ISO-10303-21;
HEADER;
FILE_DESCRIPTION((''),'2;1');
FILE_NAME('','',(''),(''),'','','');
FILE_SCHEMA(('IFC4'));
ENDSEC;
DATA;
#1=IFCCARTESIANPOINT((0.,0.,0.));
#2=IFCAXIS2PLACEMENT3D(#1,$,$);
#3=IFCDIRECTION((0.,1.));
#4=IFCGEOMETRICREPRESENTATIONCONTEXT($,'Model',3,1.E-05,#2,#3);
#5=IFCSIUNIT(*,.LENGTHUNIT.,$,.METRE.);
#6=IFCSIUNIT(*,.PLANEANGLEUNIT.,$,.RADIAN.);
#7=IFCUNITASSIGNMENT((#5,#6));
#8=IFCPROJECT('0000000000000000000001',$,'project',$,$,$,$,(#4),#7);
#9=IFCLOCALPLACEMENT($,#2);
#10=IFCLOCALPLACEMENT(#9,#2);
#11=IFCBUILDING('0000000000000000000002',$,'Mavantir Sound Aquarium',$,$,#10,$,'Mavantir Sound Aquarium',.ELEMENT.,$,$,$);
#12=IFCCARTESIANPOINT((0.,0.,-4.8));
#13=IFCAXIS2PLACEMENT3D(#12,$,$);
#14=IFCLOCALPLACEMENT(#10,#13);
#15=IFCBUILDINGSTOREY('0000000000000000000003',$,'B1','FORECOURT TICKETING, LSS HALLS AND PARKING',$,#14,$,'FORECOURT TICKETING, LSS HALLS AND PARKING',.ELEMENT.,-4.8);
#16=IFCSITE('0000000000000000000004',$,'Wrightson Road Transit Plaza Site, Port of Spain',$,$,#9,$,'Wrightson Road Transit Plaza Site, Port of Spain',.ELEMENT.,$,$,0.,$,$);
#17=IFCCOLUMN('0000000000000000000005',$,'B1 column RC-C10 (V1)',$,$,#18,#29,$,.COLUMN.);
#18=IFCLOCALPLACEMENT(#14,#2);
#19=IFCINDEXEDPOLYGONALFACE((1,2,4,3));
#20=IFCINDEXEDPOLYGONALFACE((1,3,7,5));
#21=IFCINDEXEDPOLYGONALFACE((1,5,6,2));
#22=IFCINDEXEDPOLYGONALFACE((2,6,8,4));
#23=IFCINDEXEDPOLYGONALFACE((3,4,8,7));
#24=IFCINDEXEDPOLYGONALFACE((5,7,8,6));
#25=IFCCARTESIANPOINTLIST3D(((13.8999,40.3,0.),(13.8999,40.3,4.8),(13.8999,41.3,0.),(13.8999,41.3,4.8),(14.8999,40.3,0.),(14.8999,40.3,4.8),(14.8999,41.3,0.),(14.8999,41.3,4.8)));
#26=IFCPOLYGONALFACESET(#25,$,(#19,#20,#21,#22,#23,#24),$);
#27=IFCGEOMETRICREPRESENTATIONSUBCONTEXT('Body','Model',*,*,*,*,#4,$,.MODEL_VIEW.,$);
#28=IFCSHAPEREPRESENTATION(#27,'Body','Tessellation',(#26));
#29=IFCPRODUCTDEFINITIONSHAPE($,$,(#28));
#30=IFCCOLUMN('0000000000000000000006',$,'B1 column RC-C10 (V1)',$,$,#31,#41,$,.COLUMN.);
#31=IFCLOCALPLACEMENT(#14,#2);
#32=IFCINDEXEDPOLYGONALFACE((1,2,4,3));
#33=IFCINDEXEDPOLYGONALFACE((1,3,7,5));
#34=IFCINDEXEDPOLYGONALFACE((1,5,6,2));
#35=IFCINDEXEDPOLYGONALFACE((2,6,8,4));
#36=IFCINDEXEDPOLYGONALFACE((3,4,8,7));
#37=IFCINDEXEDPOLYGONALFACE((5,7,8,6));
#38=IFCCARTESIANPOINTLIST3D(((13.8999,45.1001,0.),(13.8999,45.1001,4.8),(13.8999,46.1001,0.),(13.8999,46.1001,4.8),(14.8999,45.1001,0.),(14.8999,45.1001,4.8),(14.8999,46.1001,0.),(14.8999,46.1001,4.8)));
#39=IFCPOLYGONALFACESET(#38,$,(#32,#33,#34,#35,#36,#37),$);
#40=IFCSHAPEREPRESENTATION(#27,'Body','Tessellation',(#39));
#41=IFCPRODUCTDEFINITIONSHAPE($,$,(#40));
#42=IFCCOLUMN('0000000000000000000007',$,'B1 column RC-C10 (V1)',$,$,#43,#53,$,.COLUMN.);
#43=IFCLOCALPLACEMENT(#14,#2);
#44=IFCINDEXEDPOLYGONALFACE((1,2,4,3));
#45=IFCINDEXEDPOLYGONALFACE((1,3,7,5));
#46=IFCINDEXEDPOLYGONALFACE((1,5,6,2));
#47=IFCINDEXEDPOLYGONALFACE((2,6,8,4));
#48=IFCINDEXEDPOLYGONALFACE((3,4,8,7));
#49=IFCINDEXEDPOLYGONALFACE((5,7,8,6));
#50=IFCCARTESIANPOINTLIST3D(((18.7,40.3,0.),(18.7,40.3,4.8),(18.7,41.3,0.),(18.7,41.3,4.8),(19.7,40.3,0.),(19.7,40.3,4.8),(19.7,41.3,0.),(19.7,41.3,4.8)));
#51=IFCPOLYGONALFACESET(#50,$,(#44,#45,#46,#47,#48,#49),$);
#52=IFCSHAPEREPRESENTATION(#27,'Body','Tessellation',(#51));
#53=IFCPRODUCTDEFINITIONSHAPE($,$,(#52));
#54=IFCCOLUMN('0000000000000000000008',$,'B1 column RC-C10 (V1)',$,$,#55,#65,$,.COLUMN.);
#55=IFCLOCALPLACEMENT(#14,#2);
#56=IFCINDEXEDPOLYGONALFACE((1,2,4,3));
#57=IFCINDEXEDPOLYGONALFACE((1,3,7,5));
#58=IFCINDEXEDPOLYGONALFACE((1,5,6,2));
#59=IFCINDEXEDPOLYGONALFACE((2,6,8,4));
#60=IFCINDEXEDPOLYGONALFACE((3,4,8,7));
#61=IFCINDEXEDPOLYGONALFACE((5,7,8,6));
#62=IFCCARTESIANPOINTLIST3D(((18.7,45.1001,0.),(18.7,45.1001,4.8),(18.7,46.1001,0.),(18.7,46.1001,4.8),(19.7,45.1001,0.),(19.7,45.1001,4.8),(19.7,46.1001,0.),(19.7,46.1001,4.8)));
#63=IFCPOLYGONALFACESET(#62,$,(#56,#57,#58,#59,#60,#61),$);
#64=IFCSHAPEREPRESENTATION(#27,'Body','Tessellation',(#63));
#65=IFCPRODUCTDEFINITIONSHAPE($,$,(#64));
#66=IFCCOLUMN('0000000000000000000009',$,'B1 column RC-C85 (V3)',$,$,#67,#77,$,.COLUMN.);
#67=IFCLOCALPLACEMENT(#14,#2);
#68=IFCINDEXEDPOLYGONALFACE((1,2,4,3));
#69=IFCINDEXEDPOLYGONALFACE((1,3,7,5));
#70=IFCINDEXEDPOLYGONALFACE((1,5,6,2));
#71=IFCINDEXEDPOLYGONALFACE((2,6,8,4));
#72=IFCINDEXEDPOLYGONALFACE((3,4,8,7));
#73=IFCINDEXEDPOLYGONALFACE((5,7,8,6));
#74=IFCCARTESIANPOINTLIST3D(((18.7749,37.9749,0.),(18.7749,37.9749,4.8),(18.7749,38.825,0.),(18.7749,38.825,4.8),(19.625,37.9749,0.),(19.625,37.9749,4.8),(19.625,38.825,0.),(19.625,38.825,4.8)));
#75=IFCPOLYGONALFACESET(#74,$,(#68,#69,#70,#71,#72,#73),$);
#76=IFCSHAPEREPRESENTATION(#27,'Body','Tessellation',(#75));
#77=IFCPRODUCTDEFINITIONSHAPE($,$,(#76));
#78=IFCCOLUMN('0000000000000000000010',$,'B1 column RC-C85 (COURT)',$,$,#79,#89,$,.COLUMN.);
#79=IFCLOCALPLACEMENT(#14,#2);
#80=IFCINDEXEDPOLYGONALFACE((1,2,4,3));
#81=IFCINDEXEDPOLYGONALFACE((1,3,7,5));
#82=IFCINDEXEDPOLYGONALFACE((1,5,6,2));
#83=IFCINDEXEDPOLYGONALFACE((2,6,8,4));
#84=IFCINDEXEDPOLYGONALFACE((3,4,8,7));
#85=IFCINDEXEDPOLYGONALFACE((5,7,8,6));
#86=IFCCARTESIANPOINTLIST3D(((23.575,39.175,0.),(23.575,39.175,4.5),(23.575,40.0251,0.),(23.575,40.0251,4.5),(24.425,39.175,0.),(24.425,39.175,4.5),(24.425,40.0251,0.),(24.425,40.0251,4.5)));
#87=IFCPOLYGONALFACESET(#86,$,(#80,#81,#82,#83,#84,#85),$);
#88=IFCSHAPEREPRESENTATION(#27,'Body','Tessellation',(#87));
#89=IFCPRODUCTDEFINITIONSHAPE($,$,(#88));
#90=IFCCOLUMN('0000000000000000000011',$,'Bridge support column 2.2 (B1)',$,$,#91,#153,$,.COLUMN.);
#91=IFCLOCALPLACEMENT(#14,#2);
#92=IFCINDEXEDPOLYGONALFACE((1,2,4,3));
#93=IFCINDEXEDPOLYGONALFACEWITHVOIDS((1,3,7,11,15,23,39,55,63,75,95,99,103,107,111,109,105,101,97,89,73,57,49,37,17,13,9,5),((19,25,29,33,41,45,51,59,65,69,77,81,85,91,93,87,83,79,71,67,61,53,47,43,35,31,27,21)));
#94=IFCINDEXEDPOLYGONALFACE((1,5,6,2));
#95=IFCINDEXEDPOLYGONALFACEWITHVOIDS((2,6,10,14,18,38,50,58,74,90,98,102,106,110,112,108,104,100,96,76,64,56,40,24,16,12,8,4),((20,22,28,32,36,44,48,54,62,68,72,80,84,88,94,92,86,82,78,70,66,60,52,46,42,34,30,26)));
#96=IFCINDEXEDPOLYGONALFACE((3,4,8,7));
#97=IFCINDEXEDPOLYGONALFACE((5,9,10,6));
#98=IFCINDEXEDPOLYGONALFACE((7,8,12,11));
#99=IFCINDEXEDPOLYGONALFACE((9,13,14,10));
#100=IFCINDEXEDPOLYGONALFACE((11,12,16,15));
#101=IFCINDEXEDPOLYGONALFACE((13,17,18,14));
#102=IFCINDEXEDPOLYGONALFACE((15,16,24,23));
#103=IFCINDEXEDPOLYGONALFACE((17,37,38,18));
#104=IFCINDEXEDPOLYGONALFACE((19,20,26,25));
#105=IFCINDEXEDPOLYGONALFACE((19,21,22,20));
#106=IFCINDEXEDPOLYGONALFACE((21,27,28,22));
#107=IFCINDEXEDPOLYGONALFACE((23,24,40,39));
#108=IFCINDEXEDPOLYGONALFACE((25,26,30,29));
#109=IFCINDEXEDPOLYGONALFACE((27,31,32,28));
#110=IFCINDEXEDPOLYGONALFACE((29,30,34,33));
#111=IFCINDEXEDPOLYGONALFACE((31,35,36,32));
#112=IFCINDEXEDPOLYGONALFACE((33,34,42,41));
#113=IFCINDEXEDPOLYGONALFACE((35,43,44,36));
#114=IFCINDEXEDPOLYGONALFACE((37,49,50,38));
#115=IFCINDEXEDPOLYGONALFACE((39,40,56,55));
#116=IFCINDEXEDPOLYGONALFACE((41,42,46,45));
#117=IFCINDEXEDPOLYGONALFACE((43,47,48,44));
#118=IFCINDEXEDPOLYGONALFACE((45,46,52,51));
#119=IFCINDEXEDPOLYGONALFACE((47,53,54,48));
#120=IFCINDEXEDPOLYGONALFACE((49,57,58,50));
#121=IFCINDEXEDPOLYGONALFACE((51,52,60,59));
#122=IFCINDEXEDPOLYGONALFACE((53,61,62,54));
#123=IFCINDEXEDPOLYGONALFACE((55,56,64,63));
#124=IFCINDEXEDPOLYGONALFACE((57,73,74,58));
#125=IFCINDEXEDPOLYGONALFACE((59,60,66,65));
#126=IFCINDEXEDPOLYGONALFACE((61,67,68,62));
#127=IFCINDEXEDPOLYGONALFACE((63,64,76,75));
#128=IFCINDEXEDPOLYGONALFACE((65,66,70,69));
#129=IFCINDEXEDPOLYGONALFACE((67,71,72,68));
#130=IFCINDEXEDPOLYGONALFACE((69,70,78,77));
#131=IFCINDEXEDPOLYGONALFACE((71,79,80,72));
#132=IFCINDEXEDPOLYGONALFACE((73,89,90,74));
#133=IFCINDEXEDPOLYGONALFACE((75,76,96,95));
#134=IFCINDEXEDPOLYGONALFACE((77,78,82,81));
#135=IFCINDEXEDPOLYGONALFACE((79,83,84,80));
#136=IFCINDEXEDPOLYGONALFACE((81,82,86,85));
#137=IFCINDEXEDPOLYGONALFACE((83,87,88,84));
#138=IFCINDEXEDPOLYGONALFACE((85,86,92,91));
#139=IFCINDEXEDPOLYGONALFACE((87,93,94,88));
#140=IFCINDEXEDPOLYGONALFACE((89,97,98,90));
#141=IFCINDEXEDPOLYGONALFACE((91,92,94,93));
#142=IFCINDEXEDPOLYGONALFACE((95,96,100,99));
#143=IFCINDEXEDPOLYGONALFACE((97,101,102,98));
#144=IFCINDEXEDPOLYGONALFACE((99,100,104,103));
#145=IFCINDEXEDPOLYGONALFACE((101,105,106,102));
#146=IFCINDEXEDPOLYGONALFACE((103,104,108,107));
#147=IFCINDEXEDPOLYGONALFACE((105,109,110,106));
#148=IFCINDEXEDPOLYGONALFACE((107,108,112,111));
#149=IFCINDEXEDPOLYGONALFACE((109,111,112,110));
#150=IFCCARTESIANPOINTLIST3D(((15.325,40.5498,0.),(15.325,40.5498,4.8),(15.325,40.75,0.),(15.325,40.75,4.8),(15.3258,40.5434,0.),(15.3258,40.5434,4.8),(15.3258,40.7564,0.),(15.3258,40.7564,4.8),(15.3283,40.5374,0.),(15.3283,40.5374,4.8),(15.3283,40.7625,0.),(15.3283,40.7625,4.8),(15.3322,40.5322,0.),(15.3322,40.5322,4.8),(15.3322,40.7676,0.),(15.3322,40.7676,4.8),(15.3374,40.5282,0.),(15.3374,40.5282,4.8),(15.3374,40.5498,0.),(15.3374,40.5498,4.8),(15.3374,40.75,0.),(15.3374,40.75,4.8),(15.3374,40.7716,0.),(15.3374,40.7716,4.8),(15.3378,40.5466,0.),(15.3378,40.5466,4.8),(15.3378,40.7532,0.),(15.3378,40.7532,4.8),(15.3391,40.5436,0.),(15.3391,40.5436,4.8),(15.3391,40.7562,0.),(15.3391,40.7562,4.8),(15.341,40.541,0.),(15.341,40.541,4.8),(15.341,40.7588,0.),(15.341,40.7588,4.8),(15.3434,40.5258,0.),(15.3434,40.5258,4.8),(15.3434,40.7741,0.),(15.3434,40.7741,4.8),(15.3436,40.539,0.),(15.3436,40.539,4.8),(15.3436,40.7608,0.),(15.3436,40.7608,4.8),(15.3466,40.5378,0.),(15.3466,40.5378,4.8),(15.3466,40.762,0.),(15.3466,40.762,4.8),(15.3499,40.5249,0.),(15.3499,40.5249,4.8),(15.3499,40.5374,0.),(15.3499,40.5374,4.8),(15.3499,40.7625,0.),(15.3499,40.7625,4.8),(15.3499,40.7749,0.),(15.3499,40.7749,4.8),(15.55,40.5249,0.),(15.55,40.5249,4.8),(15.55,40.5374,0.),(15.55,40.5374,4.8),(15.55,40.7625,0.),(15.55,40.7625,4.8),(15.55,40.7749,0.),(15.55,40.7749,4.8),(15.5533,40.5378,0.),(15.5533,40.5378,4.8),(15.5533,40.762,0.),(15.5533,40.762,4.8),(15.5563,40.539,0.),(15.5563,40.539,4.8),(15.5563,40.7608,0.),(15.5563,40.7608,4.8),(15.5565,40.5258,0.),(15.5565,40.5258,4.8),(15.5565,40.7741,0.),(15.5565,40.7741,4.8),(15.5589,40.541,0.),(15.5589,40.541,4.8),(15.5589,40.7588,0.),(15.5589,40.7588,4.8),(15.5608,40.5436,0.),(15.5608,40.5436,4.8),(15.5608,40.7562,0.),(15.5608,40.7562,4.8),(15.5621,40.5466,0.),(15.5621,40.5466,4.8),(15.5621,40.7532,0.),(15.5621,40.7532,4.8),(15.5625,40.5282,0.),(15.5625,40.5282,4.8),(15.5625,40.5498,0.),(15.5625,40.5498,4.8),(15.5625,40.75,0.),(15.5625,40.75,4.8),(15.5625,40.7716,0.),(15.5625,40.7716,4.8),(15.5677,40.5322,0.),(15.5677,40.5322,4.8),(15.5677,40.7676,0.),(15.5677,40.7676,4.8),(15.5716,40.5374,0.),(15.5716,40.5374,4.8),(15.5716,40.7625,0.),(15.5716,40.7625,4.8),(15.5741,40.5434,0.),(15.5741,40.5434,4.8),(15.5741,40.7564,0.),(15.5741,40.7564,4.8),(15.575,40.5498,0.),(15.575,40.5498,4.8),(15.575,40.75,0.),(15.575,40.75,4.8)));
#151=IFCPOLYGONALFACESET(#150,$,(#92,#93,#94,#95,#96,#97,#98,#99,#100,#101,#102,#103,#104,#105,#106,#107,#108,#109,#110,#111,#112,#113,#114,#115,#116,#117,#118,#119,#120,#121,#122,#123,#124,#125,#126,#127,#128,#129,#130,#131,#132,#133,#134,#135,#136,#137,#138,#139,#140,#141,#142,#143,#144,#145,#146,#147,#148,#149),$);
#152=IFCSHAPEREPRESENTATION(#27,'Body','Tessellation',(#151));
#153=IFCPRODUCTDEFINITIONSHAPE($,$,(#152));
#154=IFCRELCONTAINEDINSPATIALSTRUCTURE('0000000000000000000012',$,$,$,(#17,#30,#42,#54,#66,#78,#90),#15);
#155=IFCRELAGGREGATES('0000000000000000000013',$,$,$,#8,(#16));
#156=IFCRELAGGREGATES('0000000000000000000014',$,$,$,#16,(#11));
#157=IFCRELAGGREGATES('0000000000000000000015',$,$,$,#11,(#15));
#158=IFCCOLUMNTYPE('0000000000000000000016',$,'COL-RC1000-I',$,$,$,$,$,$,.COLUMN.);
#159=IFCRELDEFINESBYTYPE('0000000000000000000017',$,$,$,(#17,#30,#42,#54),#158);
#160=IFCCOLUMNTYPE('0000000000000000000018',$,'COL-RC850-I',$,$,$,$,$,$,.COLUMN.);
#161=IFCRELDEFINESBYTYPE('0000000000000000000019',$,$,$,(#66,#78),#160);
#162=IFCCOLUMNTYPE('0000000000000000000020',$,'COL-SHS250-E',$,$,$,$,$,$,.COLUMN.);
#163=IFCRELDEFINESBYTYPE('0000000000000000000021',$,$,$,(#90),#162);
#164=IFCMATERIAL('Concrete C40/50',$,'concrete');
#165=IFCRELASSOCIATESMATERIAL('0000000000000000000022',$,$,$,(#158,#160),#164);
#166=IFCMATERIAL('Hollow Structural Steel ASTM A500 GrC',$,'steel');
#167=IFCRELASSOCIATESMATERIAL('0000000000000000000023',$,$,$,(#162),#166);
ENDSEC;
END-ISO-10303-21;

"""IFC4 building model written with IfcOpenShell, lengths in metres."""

from ifc_helpers import new_model, si_unit, direction, frame, origin, origin_2d, place, context, subcontext, project, spatial, rectangle, hollow_rectangle, extrude, material, material_profile, profile_set, type_object, element, save


model = new_model("IFC4")

# Units and contexts
model_context = context("Model", 3, precision=1e-05, world=origin(), true_north=direction((0.0, 1.0)))
body_context = subcontext(model_context, "Body", "Model", "MODEL_VIEW")
ifc_project = project(units=[si_unit("LENGTHUNIT", "METRE"), si_unit("PLANEANGLEUNIT", "RADIAN")], contexts=[model_context])

# Site, building, storey
site_placement = place(None, origin())
site = spatial("IfcSite", under=ifc_project, at=site_placement, Name="Wrightson Road Transit Plaza Site, Port of Spain", LongName="Wrightson Road Transit Plaza Site, Port of Spain", CompositionType="ELEMENT", RefElevation=0.0)
building_placement = place(site_placement, origin())
building = spatial("IfcBuilding", under=site, at=building_placement, Name="Mavantir Sound Aquarium", LongName="Mavantir Sound Aquarium", CompositionType="ELEMENT")
storey_placement = place(building_placement, frame((0.0, 0.0, -4.8)))
storey = spatial("IfcBuildingStorey", under=building, at=storey_placement, Name="B1", Description="FORECOURT TICKETING, LSS HALLS AND PARKING", LongName="FORECOURT TICKETING, LSS HALLS AND PARKING", CompositionType="ELEMENT", Elevation=-4.8)

# Columns
ifc_material_1 = material(Name="Concrete C40/50", Category="concrete")
ifc_material_profile_1 = material_profile(ifc_material_1, rectangle(XDim=1.0, YDim=1.0, at=origin_2d()), Name="RC 1000X1000")
ifc_profile_set_1 = profile_set([ifc_material_profile_1], Name="Concrete C40/50")
column_type_1 = type_object("IfcColumnType", Name="COL-RC1000-I", PredefinedType="COLUMN", material=ifc_profile_set_1)
for number, where, z_axis, x_axis, name in (
    (1, (14.3999, 40.8, 0.0), (0.0, 0.0, 1.0), (1.0, 0.0, 0.0), "B1 column RC-C10 (V1)"),
    (2, (14.3999, 45.6001, 0.0), (0.0, 0.0, 1.0), (1.0, 0.0, 0.0), "B1 column RC-C10 (V1)"),
    (3, (19.2, 40.8, 0.0), (0.0, 0.0, 1.0), (1.0, 0.0, 0.0), "B1 column RC-C10 (V1)"),
    (4, (19.2, 45.6001, 0.0), (0.0, 0.0, 1.0), (1.0, 0.0, 0.0), "B1 column RC-C10 (V1)"),
):
    element("IfcColumn", number, at=place(storey_placement, frame(where, z_axis=z_axis, x_axis=x_axis)), inside=storey, type_object=column_type_1, Name=name, PredefinedType="COLUMN", context=body_context, shape_type="SweptSolid", body=[
        extrude(rectangle(XDim=1.0, YDim=1.0, at=origin_2d()), origin(), (0.0, 0.0, 1.0), 4.8),
    ])
ifc_material_profile_2 = material_profile(ifc_material_1, rectangle(XDim=0.8501, YDim=0.8501, at=origin_2d()), Name="RC 850X850")
ifc_profile_set_2 = profile_set([ifc_material_profile_2], Name="Concrete C40/50")
column_type_2 = type_object("IfcColumnType", Name="COL-RC850-I", PredefinedType="COLUMN", material=ifc_profile_set_2)
column_1_placement = place(storey_placement, frame((19.2, 38.3999, 0.0), z_axis=(0.0, 0.0, 1.0), x_axis=(1.0, 0.0, 0.0)))
element("IfcColumn", 5, at=column_1_placement, inside=storey, type_object=column_type_2, Name="B1 column RC-C85 (V3)", PredefinedType="COLUMN", context=body_context, shape_type="SweptSolid", body=[
    extrude(rectangle(XDim=0.8501, YDim=0.8501, at=origin_2d()), origin(), (0.0, 0.0, 1.0), 4.8),
])
column_2_placement = place(storey_placement, frame((24.0, 39.6001, 0.0), z_axis=(0.0, 0.0, 1.0), x_axis=(1.0, 0.0, 0.0)))
element("IfcColumn", 6, at=column_2_placement, inside=storey, type_object=column_type_2, Name="B1 column RC-C85 (COURT)", PredefinedType="COLUMN", context=body_context, shape_type="SweptSolid", body=[
    extrude(rectangle(XDim=0.8501, YDim=0.8501, at=origin_2d()), origin(), (0.0, 0.0, 1.0), 4.5),
])
ifc_material_2 = material(Name="Hollow Structural Steel ASTM A500 GrC", Category="steel")
ifc_material_profile_3 = material_profile(ifc_material_2, hollow_rectangle(XDim=0.25, YDim=0.25, WallThickness=0.0125, InnerFilletRadius=0.0125, OuterFilletRadius=0.0249, at=origin_2d()), Name="SHS 250X250X12.5")
ifc_profile_set_3 = profile_set([ifc_material_profile_3], Name="Hollow Structural Steel ASTM A500 GrC")
column_type_3 = type_object("IfcColumnType", Name="COL-SHS250-E", PredefinedType="COLUMN", material=ifc_profile_set_3)
for number, where, z_axis, x_axis, name in (
    (7, (15.45, 40.6499, 0.0), (0.0, 0.0, 1.0), (1.0, 0.0, 0.0), "Bridge support column 2.2 (B1)"),
):
    element("IfcColumn", number, at=place(storey_placement, frame(where, z_axis=z_axis, x_axis=x_axis)), inside=storey, type_object=column_type_3, Name=name, PredefinedType="COLUMN", context=body_context, shape_type="SweptSolid", body=[
        extrude(hollow_rectangle(XDim=0.25, YDim=0.25, WallThickness=0.0125, InnerFilletRadius=0.0125, OuterFilletRadius=0.0249, at=origin_2d()), origin(), (0.0, 0.0, 1.0), 4.8),
    ])

save(model, "model.ifc")
